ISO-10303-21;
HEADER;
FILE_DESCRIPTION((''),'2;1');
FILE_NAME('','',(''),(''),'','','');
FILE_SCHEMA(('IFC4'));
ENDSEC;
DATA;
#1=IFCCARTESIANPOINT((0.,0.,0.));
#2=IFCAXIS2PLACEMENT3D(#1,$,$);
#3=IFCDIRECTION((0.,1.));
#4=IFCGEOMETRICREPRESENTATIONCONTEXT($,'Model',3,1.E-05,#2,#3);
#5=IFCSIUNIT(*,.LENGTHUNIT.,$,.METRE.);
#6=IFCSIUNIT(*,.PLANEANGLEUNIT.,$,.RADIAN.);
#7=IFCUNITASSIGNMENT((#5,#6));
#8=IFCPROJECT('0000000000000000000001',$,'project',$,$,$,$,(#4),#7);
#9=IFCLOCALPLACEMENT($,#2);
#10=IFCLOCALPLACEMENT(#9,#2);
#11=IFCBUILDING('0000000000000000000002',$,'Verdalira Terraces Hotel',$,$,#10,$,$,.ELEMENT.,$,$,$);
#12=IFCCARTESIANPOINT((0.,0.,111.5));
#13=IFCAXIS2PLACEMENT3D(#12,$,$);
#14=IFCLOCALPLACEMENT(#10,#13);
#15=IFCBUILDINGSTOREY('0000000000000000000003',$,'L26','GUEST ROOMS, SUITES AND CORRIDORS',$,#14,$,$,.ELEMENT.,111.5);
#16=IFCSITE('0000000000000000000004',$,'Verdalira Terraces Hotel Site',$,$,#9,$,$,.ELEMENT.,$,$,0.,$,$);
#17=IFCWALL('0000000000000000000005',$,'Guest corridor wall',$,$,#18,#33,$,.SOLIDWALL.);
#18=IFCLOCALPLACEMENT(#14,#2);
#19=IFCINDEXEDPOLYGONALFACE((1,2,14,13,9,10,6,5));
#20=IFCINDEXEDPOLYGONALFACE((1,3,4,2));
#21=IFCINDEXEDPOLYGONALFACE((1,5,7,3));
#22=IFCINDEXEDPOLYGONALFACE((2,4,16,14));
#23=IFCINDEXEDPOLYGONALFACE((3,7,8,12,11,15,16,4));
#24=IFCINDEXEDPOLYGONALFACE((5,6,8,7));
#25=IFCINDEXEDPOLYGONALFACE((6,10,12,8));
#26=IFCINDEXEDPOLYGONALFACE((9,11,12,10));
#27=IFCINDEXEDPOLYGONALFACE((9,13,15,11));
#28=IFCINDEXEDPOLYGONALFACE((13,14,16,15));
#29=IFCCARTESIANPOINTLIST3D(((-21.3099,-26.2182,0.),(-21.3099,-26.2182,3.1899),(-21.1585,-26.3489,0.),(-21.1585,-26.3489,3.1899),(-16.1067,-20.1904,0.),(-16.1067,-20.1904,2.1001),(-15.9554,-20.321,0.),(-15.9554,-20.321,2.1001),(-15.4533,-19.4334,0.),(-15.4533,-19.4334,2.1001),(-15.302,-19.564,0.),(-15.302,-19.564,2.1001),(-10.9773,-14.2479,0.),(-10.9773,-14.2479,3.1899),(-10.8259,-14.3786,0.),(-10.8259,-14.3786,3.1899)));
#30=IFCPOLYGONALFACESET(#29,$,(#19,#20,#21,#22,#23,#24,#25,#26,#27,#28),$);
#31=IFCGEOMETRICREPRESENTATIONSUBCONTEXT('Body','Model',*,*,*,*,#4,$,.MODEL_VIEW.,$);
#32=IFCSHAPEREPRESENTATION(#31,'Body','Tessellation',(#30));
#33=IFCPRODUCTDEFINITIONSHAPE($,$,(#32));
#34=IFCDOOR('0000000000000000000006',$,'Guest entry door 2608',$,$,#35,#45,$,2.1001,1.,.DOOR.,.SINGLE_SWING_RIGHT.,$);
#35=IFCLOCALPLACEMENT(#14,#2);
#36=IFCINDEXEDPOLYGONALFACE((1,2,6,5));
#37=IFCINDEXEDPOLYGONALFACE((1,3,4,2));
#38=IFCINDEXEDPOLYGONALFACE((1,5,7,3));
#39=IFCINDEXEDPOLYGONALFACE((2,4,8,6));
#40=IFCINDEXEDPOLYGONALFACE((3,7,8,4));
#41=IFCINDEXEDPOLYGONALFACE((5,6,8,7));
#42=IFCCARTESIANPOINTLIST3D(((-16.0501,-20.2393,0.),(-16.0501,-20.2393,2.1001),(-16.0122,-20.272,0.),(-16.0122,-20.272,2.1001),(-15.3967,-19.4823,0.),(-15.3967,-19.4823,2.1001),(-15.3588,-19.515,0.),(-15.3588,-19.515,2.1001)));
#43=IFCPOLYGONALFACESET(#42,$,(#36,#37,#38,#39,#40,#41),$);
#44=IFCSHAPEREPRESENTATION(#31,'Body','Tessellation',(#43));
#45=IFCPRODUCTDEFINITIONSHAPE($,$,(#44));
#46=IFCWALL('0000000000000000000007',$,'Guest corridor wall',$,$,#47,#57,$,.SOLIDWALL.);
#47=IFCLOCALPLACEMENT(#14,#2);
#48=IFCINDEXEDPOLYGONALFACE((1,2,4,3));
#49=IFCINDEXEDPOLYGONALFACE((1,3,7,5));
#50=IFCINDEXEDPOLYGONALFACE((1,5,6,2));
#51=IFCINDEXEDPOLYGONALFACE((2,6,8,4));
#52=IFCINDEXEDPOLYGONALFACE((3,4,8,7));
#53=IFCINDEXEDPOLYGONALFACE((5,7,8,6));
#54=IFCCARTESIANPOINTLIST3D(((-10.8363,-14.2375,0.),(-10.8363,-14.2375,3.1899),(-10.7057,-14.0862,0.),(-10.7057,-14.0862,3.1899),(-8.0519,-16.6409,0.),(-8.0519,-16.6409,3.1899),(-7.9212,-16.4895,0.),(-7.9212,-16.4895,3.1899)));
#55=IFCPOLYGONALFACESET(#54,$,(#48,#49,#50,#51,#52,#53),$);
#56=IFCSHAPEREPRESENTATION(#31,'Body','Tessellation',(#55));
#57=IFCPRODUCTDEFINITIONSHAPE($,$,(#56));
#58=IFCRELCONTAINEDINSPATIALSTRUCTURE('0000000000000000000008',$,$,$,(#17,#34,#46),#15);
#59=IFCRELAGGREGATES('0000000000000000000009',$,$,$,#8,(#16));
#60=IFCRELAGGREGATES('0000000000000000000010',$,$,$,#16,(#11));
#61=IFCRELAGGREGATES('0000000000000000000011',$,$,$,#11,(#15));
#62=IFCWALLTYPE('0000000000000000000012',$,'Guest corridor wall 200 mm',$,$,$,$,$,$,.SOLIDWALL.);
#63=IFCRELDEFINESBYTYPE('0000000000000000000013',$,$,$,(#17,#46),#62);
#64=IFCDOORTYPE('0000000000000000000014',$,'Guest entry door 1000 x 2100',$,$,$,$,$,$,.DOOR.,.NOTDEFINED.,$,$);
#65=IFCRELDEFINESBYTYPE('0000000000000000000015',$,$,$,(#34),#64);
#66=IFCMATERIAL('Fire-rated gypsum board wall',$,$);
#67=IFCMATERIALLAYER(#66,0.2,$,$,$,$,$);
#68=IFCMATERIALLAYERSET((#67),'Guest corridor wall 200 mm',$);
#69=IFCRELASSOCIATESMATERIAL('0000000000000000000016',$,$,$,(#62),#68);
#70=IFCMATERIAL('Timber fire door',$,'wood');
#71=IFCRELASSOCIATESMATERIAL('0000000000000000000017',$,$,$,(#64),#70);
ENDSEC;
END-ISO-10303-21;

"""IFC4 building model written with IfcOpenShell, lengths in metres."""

from ifc_helpers import new_model, si_unit, direction, frame, frame_2d, origin, place, context, subcontext, project, spatial, rectangle, extrude, material, layer, layer_set, type_object, element, fill, save


model = new_model("IFC4")

# Units and contexts
model_context = context("Model", 3, precision=1e-05, world=origin(), true_north=direction((0.0, 1.0)))
body_context = subcontext(model_context, "Body", "Model", "MODEL_VIEW")
ifc_project = project(units=[si_unit("LENGTHUNIT", "METRE"), si_unit("PLANEANGLEUNIT", "RADIAN")], contexts=[model_context])

# Site, building, storey
site_placement = place(None, origin())
site = spatial("IfcSite", under=ifc_project, at=site_placement, Name="Verdalira Terraces Hotel Site", CompositionType="ELEMENT", RefElevation=0.0)
building_placement = place(site_placement, origin())
building = spatial("IfcBuilding", under=site, at=building_placement, Name="Verdalira Terraces Hotel", CompositionType="ELEMENT")
storey_placement = place(building_placement, frame((0.0, 0.0, 111.5)))
storey = spatial("IfcBuildingStorey", under=building, at=storey_placement, Name="L26", Description="GUEST ROOMS, SUITES AND CORRIDORS", CompositionType="ELEMENT", Elevation=111.5)

# Wall, opening, door
ifc_material_1 = material(Name="Fire-rated gypsum board wall")
ifc_layer_1 = layer(ifc_material_1, 0.2)
ifc_layer_set_1 = layer_set([ifc_layer_1], Name="Guest corridor wall 200 mm")
wall_type_1 = type_object("IfcWallType", Name="Guest corridor wall 200 mm", PredefinedType="SOLIDWALL", material=ifc_layer_set_1)
wall_1_placement = place(storey_placement, frame((-10.9016, -14.3132, 0.0), z_axis=(0.0, 0.0, 1.0), x_axis=(-0.653424, -0.756992, 0.0)))
wall_1 = element("IfcWall", 1, at=wall_1_placement, inside=storey, type_object=wall_type_1, Name="Guest corridor wall", PredefinedType="SOLIDWALL", context=body_context, shape_type="SweptSolid", body=[
    extrude(rectangle(XDim=15.813, YDim=0.2, at=frame_2d((7.9065, 0.0))), origin(), (0.0, 0.0, 1.0), 3.1899),
])
opening_1_placement = place(wall_1_placement, frame((6.8501, 0.0, 0.0)))
opening_1 = element("IfcOpeningElement", 2, at=opening_1_placement, cuts=wall_1, PredefinedType="OPENING", context=body_context, shape_type="SweptSolid", body=[
    extrude(rectangle(XDim=1.0, YDim=2.1001, at=frame_2d((0.5, 1.05))), frame((0.0, 0.1099, 0.0), z_axis=(0.0, -1.0, 0.0), x_axis=(1.0, 0.0, 0.0)), (0.0, 0.0, 1.0), 0.22),
])
ifc_material_2 = material(Name="Timber fire door", Category="wood")
door_type_1 = type_object("IfcDoorType", Name="Guest entry door 1000 x 2100", OperationType="NOTDEFINED", PredefinedType="DOOR", material=ifc_material_2)
door_1_placement = place(opening_1_placement, origin())
door_1 = element("IfcDoor", 3, at=door_1_placement, inside=storey, type_object=door_type_1, Name="Guest entry door 2608", OperationType="SINGLE_SWING_RIGHT", OverallHeight=2.1001, OverallWidth=1.0, PredefinedType="DOOR", context=body_context, shape_type="SweptSolid", body=[
    extrude(rectangle(XDim=1.0, YDim=2.1001, at=frame_2d((0.5, 1.05))), frame((0.0, 0.0249, 0.0), z_axis=(0.0, -1.0, 0.0), x_axis=(1.0, 0.0, 0.0)), (0.0, 0.0, 1.0), 0.05),
])
fill(opening_1, door_1)

# Wall
wall_2_placement = place(storey_placement, frame((-10.771, -14.1619, 0.0), z_axis=(0.0, 0.0, 1.0), x_axis=(0.757013, -0.6534, 0.0)))
element("IfcWall", 4, at=wall_2_placement, inside=storey, type_object=wall_type_1, Name="Guest corridor wall", PredefinedType="SOLIDWALL", context=body_context, shape_type="SweptSolid", body=[
    extrude(rectangle(XDim=3.6782, YDim=0.2, at=frame_2d((1.8391, 0.0))), origin(), (0.0, 0.0, 1.0), 3.1899),
])

save(model, "model.ifc")
